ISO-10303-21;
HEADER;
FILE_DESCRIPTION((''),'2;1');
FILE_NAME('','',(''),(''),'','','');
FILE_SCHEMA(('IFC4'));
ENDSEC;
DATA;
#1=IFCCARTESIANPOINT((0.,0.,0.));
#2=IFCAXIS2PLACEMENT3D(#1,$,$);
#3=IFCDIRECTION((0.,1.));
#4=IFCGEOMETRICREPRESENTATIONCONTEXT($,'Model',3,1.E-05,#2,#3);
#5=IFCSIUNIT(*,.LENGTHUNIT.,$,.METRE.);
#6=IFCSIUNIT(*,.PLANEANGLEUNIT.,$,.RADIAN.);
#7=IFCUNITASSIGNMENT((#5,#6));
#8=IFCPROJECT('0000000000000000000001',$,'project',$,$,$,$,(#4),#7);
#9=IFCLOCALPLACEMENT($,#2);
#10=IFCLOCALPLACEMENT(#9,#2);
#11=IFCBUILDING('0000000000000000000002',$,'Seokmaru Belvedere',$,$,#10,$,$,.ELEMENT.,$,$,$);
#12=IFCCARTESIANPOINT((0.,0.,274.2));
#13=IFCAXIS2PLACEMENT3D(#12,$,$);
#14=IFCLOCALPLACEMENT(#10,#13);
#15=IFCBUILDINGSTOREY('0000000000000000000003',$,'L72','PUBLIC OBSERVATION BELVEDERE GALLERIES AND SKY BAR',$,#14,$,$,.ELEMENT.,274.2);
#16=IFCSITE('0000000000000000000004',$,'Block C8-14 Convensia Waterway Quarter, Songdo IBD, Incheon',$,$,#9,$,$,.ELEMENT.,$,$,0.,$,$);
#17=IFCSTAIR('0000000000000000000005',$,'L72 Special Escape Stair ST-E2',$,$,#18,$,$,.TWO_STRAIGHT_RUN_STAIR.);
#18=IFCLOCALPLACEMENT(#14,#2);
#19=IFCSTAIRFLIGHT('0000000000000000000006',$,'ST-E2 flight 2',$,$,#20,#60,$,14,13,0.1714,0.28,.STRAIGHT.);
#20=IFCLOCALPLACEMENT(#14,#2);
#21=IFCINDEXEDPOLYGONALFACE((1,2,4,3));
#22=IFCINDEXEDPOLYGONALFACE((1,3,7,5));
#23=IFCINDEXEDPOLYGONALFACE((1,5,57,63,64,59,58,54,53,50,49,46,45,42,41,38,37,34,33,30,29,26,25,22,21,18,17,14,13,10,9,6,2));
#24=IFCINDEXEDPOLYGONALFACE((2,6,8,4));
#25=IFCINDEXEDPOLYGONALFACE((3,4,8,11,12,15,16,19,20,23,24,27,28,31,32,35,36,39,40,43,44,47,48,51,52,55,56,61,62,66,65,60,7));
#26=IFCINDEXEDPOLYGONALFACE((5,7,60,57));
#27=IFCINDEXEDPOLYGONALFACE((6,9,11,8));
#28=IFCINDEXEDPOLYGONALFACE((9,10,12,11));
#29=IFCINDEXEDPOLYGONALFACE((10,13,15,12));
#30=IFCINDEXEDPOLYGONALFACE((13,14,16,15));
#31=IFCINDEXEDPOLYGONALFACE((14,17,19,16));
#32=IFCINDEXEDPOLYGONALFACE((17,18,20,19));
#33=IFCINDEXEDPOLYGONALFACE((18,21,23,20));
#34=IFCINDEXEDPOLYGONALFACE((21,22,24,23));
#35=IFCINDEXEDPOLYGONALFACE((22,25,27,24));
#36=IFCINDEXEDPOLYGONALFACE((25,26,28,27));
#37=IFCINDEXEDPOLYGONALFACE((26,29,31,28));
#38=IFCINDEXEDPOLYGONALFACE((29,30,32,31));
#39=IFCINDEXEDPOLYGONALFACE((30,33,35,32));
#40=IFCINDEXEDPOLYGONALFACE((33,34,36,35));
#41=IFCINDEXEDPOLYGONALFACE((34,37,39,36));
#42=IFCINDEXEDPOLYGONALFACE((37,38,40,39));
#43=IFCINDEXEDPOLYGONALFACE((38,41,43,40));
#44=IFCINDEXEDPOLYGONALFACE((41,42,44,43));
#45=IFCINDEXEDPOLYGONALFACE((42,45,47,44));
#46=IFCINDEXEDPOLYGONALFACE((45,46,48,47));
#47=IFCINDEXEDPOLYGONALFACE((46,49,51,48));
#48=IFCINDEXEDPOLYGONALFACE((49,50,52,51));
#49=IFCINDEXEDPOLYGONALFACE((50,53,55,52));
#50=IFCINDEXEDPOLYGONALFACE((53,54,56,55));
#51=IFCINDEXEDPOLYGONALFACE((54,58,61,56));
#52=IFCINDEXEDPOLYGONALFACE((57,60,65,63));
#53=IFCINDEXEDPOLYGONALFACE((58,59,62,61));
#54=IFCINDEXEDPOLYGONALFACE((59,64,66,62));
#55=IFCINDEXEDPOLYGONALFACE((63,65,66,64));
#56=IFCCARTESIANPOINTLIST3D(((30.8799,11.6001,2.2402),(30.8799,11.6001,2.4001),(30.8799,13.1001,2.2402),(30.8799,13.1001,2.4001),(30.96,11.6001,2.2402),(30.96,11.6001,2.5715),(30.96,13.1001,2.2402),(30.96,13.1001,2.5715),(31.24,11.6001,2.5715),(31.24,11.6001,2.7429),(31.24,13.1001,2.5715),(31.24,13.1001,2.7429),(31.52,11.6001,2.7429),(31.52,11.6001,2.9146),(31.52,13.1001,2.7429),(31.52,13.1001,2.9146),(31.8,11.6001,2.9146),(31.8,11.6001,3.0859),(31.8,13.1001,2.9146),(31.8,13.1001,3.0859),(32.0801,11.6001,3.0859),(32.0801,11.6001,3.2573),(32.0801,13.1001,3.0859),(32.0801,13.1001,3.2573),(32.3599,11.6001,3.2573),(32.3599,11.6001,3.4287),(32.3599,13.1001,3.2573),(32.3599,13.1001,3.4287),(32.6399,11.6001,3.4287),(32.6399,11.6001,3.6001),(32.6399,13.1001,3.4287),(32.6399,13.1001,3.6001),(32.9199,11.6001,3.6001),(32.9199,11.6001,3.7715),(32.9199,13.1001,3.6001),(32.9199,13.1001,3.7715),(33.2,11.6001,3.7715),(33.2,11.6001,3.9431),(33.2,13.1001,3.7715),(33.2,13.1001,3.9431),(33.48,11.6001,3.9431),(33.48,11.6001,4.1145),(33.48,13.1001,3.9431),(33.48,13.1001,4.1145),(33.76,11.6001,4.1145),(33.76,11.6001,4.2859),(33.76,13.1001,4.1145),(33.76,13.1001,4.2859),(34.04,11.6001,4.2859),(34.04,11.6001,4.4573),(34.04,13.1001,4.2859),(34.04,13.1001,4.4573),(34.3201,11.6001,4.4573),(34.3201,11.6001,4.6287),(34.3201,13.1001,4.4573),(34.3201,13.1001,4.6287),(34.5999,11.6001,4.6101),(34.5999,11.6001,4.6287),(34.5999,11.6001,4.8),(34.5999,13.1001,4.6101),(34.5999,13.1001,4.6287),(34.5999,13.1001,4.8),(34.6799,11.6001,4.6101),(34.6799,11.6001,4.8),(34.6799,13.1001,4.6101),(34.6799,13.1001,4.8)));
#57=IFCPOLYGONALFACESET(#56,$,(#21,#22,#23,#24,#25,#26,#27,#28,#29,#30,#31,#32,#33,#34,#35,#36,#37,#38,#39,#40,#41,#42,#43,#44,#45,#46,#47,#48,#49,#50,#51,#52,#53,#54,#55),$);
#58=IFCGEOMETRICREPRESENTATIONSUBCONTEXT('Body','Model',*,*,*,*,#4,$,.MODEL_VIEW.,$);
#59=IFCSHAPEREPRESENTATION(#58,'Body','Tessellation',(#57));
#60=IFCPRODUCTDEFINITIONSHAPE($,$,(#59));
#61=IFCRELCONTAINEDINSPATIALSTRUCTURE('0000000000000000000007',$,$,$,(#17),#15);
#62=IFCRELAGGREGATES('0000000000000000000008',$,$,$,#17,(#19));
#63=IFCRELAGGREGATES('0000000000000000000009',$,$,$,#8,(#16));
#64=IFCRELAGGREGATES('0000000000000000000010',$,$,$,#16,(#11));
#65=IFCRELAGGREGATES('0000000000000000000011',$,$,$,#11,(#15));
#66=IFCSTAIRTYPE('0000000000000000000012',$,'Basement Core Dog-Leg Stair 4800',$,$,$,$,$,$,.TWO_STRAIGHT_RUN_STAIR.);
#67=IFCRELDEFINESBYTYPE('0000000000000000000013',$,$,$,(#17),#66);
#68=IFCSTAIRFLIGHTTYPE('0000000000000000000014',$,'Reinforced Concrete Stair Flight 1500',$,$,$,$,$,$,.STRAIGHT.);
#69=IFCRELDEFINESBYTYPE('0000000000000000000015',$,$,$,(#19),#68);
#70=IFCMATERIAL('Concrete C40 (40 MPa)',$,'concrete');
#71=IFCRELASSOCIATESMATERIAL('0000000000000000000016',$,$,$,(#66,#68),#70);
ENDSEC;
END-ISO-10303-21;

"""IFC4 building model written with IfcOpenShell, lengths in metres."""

from ifc_helpers import new_model, si_unit, direction, frame, origin, place, context, subcontext, project, spatial, polyline, outline, extrude, material, type_object, element, aggregate, save


model = new_model("IFC4")

# Units and contexts
model_context = context("Model", 3, precision=1e-05, world=origin(), true_north=direction((0.0, 1.0)))
body_context = subcontext(model_context, "Body", "Model", "MODEL_VIEW")
ifc_project = project(units=[si_unit("LENGTHUNIT", "METRE"), si_unit("PLANEANGLEUNIT", "RADIAN")], contexts=[model_context])

# Site, building, storey
site_placement = place(None, origin())
site = spatial("IfcSite", under=ifc_project, at=site_placement, Name="Block C8-14 Convensia Waterway Quarter, Songdo IBD, Incheon", CompositionType="ELEMENT", RefElevation=0.0)
building_placement = place(site_placement, origin())
building = spatial("IfcBuilding", under=site, at=building_placement, Name="Seokmaru Belvedere", CompositionType="ELEMENT")
storey_placement = place(building_placement, frame((0.0, 0.0, 274.2)))
storey = spatial("IfcBuildingStorey", under=building, at=storey_placement, Name="L72", Description="PUBLIC OBSERVATION BELVEDERE GALLERIES AND SKY BAR", CompositionType="ELEMENT", Elevation=274.2)

# Stair, stair flight
ifc_material_1 = material(Name="Concrete C40 (40 MPa)", Category="concrete")
stair_type = type_object("IfcStairType", Name="Basement Core Dog-Leg Stair 4800", PredefinedType="TWO_STRAIGHT_RUN_STAIR", material=ifc_material_1)
stair_placement = place(storey_placement, origin())
stair = element("IfcStair", 1, at=stair_placement, inside=storey, type_object=stair_type, Name="L72 Special Escape Stair ST-E2", PredefinedType="TWO_STRAIGHT_RUN_STAIR")
stair_flight_type = type_object("IfcStairFlightType", Name="Reinforced Concrete Stair Flight 1500", PredefinedType="STRAIGHT", material=ifc_material_1)
stair_flight_placement = place(storey_placement, frame((30.96, 12.3501, 2.4001), z_axis=(0.0, 0.0, 1.0), x_axis=(1.0, 0.0, 0.0)))
stair_flight = element("IfcStairFlight", 2, at=stair_flight_placement, type_object=stair_flight_type, Name="ST-E2 flight 2", NumberOfRisers=14, NumberOfTreads=13, PredefinedType="STRAIGHT", RiserHeight=0.1714, TreadLength=0.28, context=body_context, shape_type="SweptSolid", body=[
    extrude(outline(polyline([(-0.0801, 0.0), (0.0, 0.1714), (0.28, 0.1714), (0.28, 0.3428), (0.5601, 0.3428), (0.5601, 0.5144), (0.8401, 0.5144), (0.8401, 0.6858), (1.1201, 0.6858), (1.1201, 0.8572), (1.3999, 0.8572), (1.3999, 1.0286), (1.6799, 1.0286), (1.6799, 1.2), (1.96, 1.2), (1.96, 1.3713), (2.24, 1.3713), (2.24, 1.543), (2.52, 1.543), (2.52, 1.7144), (2.8, 1.7144), (2.8, 1.8857), (3.0801, 1.8857), (3.0801, 2.0571), (3.3601, 2.0571), (3.3601, 2.2285), (3.6399, 2.2285), (3.6399, 2.3999), (3.72, 2.3999), (3.72, 2.21), (3.6399, 2.21), (0.0, -0.1599), (-0.0801, -0.1599), (-0.0801, 0.0)])), frame((0.0, 0.75, 0.0), z_axis=(0.0, -1.0, 0.0), x_axis=(1.0, 0.0, 0.0)), (0.0, 0.0, 1.0), 1.5),
])
aggregate(stair, [stair_flight])

save(model, "model.ifc")
